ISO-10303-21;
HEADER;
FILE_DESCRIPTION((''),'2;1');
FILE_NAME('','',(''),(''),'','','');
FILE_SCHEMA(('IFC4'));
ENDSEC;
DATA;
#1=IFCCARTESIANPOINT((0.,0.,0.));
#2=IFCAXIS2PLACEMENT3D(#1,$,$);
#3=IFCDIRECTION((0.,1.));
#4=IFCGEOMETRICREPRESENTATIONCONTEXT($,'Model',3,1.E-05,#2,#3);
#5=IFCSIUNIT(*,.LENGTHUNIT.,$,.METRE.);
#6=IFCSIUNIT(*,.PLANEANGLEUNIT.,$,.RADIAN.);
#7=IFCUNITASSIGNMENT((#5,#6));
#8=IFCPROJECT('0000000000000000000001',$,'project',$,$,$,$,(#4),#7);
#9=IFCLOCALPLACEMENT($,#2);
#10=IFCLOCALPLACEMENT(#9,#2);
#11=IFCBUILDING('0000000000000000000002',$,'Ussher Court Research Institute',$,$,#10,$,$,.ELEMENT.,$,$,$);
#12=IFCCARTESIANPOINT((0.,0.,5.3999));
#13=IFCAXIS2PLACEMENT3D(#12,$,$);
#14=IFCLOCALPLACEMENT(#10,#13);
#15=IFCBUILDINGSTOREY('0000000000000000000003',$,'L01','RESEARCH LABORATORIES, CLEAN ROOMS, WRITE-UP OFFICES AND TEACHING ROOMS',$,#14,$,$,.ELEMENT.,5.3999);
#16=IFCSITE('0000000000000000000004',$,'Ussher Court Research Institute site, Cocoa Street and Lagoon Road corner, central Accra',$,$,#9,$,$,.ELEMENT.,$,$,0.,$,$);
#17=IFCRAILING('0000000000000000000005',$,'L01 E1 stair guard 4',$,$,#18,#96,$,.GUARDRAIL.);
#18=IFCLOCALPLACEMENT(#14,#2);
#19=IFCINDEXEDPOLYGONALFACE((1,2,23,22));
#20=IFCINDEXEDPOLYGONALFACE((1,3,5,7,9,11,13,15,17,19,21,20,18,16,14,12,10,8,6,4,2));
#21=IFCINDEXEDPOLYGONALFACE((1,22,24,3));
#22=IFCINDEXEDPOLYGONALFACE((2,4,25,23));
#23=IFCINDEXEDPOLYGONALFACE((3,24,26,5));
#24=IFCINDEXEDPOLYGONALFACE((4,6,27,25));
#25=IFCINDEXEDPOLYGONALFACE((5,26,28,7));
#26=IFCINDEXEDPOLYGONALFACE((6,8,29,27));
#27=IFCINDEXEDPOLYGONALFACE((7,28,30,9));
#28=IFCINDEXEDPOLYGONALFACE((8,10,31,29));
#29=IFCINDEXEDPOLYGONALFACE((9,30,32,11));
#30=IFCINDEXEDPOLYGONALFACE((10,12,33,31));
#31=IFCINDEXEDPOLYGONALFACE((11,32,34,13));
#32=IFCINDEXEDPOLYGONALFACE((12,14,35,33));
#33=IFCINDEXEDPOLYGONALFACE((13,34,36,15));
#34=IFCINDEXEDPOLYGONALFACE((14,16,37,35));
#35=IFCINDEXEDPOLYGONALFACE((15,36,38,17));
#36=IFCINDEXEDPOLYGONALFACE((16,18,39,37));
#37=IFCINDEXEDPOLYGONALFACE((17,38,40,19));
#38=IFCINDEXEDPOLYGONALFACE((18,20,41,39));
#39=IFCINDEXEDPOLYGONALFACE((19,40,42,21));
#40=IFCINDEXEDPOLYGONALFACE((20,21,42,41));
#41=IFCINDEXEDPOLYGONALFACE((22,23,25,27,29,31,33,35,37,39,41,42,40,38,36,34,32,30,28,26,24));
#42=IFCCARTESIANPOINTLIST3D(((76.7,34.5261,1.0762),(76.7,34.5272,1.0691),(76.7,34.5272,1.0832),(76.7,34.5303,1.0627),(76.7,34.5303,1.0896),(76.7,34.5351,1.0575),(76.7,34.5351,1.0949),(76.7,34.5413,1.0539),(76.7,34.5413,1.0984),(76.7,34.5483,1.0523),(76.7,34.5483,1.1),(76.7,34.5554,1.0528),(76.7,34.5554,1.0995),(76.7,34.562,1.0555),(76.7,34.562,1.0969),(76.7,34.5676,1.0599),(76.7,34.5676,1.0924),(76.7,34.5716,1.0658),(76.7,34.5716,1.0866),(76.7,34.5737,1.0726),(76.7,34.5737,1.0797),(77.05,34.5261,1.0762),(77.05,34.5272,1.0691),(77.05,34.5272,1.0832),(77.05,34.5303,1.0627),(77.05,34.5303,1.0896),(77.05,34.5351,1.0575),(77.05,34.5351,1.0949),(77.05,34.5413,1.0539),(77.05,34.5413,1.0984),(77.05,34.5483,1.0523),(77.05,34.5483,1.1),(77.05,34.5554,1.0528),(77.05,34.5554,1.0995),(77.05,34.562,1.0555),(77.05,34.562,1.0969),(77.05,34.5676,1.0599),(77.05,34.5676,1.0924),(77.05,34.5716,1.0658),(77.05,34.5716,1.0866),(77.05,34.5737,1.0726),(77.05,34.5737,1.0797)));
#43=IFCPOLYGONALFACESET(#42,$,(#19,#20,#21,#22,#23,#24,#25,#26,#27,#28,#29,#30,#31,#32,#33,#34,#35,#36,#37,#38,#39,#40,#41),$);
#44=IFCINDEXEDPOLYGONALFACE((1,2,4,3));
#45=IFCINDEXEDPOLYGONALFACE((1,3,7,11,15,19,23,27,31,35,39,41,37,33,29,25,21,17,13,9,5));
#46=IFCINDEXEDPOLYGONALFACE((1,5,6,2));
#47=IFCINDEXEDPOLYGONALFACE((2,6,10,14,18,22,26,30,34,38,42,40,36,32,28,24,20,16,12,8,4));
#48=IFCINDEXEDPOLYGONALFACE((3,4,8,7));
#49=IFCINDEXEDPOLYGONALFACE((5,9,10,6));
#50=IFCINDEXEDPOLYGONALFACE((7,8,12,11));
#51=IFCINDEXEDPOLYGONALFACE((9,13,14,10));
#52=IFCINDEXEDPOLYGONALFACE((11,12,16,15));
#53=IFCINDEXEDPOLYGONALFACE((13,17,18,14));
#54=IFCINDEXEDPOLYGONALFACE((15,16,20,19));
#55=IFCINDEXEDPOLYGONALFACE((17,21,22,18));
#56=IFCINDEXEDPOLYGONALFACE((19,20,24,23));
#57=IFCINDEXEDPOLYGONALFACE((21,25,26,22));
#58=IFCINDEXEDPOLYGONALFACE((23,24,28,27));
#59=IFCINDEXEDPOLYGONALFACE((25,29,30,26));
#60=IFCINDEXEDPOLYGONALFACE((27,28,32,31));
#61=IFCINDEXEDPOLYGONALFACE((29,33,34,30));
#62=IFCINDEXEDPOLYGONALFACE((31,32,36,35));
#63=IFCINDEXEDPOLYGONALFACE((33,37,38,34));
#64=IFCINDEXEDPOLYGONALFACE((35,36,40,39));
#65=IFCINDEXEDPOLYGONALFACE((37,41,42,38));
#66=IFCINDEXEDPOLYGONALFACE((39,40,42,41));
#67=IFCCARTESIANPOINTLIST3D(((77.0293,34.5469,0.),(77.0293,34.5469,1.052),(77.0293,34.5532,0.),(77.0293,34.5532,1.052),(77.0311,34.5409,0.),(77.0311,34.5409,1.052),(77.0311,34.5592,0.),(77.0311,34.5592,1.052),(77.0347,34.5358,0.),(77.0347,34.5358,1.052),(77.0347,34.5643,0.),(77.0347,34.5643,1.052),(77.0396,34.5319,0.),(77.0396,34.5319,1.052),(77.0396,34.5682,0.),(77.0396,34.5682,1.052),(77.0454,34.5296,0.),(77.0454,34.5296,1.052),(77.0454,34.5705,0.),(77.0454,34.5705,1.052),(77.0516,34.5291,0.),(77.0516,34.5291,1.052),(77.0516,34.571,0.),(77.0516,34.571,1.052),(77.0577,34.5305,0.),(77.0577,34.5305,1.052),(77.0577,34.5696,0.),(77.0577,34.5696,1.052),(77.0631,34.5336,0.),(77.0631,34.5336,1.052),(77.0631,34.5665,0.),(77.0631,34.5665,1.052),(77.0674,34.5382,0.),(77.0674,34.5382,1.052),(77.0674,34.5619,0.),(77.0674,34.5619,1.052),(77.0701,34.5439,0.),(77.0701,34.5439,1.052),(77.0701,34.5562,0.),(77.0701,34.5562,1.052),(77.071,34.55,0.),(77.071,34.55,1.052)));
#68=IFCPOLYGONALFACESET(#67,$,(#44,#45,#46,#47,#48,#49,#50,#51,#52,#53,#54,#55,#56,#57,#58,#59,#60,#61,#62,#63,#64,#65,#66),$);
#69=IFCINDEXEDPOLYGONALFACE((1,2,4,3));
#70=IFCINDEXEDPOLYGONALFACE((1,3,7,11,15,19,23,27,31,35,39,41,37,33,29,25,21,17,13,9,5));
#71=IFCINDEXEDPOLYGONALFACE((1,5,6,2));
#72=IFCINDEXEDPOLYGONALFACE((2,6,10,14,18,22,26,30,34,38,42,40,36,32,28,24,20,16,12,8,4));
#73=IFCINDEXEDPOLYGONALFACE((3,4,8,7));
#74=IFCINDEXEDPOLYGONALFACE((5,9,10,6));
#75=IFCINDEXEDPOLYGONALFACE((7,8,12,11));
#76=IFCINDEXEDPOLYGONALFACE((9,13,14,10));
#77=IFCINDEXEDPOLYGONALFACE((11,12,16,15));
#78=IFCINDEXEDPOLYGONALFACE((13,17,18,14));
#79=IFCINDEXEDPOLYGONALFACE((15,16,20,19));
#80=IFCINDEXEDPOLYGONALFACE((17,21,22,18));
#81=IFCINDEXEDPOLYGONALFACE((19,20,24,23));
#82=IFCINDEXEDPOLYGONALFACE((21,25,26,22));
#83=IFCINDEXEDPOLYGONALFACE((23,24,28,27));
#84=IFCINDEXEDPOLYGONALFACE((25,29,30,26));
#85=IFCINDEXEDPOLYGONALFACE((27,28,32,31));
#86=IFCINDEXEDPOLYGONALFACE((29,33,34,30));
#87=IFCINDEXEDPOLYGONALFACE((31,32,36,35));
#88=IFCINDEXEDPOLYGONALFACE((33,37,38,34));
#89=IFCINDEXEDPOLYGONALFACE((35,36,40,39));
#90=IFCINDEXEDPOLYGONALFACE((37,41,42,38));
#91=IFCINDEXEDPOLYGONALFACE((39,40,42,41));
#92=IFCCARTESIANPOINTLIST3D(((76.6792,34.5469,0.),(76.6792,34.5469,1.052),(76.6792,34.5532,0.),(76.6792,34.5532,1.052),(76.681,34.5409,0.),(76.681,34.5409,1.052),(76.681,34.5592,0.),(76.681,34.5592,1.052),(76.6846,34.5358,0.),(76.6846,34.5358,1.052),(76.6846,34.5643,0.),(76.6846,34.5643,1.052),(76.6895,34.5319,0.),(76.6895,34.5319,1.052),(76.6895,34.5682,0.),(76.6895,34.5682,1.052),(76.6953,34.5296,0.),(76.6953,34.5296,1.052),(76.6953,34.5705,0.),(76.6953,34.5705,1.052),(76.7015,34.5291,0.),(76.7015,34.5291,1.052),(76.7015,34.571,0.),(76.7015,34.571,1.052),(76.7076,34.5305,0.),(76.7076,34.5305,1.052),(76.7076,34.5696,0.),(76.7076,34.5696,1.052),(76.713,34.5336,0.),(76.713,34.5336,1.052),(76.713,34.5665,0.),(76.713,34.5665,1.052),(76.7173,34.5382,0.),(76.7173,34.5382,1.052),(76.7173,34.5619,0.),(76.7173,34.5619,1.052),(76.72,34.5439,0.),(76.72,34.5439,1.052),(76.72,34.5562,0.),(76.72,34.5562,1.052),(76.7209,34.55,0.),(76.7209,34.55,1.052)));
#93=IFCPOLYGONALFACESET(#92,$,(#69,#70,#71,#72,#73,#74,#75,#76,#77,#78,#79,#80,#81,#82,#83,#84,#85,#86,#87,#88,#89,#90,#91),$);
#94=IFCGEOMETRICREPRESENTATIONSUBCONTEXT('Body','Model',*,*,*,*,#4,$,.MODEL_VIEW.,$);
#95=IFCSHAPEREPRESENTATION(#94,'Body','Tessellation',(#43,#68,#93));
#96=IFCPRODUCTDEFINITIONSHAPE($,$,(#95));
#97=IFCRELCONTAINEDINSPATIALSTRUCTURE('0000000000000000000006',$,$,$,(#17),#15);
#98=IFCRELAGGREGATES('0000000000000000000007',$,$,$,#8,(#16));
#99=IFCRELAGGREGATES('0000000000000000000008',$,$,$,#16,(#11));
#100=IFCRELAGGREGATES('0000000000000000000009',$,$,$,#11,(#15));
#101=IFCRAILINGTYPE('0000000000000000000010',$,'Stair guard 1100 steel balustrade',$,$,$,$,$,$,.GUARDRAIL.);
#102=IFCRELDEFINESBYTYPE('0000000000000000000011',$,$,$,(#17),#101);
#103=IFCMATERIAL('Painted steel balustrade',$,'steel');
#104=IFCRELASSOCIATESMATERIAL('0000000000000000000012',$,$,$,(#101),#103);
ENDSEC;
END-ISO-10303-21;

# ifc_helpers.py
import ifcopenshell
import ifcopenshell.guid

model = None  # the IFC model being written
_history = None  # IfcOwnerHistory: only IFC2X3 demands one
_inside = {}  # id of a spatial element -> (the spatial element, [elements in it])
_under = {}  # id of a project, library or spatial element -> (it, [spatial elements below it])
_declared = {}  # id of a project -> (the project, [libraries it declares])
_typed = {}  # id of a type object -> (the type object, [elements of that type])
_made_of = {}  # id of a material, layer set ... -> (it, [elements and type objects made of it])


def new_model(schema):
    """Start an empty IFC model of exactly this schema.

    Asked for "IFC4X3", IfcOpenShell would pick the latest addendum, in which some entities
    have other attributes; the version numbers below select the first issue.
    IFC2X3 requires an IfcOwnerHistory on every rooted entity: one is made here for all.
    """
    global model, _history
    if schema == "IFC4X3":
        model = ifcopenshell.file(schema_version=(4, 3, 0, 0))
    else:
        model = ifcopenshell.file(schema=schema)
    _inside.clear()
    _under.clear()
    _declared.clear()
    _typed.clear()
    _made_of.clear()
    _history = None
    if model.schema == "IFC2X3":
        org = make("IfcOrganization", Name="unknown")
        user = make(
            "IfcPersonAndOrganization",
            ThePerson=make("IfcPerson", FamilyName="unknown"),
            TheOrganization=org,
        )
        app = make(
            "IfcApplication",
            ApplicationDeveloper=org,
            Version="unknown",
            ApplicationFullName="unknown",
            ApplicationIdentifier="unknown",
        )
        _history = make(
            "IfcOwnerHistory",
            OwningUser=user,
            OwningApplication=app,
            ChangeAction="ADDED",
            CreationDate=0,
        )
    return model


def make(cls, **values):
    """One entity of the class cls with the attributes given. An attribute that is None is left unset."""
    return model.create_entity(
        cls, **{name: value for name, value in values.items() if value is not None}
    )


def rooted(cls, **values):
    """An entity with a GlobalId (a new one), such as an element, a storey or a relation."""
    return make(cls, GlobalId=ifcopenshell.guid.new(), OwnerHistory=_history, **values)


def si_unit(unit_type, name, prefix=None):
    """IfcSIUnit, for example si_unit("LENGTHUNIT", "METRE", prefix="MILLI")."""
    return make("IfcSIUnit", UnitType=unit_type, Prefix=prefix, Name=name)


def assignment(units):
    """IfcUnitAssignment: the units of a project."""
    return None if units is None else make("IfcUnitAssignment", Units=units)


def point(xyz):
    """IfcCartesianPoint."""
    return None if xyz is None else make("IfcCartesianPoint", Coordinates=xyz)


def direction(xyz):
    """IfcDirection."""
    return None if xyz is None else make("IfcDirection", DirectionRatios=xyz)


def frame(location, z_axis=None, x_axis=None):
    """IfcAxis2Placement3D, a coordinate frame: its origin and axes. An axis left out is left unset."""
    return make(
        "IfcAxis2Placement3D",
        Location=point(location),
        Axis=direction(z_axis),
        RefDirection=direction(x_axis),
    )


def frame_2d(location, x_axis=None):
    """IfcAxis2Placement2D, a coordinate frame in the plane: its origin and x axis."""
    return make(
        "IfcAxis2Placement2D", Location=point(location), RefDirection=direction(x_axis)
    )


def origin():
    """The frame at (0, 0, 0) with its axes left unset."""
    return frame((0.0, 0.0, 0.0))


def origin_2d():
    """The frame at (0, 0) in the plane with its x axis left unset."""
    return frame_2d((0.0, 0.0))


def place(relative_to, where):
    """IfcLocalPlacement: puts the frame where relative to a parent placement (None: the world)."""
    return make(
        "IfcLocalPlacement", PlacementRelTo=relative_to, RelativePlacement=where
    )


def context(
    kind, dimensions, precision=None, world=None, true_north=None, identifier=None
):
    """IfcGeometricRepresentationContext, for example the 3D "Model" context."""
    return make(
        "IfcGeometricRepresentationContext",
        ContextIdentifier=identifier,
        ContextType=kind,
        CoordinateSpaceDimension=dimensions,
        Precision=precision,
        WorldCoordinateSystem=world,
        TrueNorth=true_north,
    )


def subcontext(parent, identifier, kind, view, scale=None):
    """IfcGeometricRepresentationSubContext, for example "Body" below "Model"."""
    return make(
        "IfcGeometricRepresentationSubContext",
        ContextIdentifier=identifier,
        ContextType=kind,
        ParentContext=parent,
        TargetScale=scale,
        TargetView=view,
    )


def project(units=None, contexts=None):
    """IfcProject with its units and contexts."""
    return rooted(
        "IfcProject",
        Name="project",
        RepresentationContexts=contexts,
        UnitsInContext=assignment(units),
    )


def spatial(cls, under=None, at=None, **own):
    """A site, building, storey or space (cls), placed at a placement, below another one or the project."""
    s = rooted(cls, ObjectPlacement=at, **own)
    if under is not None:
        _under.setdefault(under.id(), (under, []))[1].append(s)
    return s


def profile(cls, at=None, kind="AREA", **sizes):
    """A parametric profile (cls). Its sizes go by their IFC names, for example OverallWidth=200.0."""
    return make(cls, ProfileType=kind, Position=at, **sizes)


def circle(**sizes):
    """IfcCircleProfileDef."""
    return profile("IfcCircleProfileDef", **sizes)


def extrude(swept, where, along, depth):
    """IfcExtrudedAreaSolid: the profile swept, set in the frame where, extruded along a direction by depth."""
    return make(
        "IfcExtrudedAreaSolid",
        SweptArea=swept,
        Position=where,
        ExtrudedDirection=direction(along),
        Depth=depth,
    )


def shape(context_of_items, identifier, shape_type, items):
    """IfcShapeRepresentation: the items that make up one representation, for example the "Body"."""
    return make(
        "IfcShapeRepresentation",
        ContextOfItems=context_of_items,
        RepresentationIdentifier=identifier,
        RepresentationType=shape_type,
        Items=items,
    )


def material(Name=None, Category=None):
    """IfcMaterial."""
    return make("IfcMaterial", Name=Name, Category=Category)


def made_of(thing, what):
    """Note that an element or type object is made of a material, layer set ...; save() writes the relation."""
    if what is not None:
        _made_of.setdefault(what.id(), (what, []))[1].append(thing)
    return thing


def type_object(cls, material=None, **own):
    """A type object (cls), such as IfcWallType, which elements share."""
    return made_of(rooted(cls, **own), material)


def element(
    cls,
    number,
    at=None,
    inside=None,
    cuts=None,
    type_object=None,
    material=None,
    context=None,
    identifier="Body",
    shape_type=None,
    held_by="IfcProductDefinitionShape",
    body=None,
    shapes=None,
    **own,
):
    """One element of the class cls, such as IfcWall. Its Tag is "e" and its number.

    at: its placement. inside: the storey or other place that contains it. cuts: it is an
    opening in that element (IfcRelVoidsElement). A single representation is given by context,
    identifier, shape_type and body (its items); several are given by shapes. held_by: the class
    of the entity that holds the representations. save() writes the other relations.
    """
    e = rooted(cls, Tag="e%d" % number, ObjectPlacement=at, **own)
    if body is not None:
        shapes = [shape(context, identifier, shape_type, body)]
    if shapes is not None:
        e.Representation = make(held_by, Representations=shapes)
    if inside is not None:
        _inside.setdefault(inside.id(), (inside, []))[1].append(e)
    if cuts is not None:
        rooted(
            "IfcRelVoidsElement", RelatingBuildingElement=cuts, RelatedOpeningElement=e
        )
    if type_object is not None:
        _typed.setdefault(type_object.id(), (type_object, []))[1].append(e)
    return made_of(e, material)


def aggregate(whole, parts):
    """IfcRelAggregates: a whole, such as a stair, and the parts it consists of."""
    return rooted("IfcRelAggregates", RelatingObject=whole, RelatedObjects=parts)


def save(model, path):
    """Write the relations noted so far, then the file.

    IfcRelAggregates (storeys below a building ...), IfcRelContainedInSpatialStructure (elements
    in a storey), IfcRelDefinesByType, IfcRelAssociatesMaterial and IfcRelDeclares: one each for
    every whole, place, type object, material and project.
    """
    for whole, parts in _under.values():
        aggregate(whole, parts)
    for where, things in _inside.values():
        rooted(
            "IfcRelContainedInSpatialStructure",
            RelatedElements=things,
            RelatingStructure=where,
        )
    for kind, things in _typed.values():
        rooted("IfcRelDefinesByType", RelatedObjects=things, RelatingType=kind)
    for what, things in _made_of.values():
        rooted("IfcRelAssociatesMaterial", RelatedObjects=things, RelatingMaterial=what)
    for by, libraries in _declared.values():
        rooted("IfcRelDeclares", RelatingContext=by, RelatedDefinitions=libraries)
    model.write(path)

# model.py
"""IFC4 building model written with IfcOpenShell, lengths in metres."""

from ifc_helpers import new_model, si_unit, direction, frame, origin, origin_2d, place, context, subcontext, project, spatial, circle, extrude, material, type_object, element, save


model = new_model("IFC4")

# Units and contexts
model_context = context("Model", 3, precision=1e-05, world=origin(), true_north=direction((0.0, 1.0)))
body_context = subcontext(model_context, "Body", "Model", "MODEL_VIEW")
ifc_project = project(units=[si_unit("LENGTHUNIT", "METRE"), si_unit("PLANEANGLEUNIT", "RADIAN")], contexts=[model_context])

# Site, building, storey
site_placement = place(None, origin())
site = spatial("IfcSite", under=ifc_project, at=site_placement, Name="Ussher Court Research Institute site, Cocoa Street and Lagoon Road corner, central Accra", CompositionType="ELEMENT", RefElevation=0.0)
building_placement = place(site_placement, origin())
building = spatial("IfcBuilding", under=site, at=building_placement, Name="Ussher Court Research Institute", CompositionType="ELEMENT")
storey_placement = place(building_placement, frame((0.0, 0.0, 5.3999)))
storey = spatial("IfcBuildingStorey", under=building, at=storey_placement, Name="L01", Description="RESEARCH LABORATORIES, CLEAN ROOMS, WRITE-UP OFFICES AND TEACHING ROOMS", CompositionType="ELEMENT", Elevation=5.3999)

# Railing
ifc_material_1 = material(Name="Painted steel balustrade", Category="steel")
railing_type_1 = type_object("IfcRailingType", Name="Stair guard 1100 steel balustrade", PredefinedType="GUARDRAIL", material=ifc_material_1)
railing_1_placement = place(storey_placement, frame((77.05, 34.55, 0.0)))
element("IfcRailing", 1, at=railing_1_placement, inside=storey, type_object=railing_type_1, Name="L01 E1 stair guard 4", PredefinedType="GUARDRAIL", context=body_context, shape_type="SweptSolid", body=[
    extrude(circle(Radius=0.0239, at=origin_2d()), frame((0.0, 0.0, 1.0762), z_axis=(-1.0, 0.0, 0.0), x_axis=(0.0, -1.0, 0.0)), (0.0, 0.0, 1.0), 0.3501),
    extrude(circle(Radius=0.021, at=origin_2d()), origin(), (0.0, 0.0, 1.0), 1.052),
    extrude(circle(Radius=0.021, at=origin_2d()), frame((-0.3501, 0.0, 0.0)), (0.0, 0.0, 1.0), 1.052),
])

save(model, "model.ifc")
